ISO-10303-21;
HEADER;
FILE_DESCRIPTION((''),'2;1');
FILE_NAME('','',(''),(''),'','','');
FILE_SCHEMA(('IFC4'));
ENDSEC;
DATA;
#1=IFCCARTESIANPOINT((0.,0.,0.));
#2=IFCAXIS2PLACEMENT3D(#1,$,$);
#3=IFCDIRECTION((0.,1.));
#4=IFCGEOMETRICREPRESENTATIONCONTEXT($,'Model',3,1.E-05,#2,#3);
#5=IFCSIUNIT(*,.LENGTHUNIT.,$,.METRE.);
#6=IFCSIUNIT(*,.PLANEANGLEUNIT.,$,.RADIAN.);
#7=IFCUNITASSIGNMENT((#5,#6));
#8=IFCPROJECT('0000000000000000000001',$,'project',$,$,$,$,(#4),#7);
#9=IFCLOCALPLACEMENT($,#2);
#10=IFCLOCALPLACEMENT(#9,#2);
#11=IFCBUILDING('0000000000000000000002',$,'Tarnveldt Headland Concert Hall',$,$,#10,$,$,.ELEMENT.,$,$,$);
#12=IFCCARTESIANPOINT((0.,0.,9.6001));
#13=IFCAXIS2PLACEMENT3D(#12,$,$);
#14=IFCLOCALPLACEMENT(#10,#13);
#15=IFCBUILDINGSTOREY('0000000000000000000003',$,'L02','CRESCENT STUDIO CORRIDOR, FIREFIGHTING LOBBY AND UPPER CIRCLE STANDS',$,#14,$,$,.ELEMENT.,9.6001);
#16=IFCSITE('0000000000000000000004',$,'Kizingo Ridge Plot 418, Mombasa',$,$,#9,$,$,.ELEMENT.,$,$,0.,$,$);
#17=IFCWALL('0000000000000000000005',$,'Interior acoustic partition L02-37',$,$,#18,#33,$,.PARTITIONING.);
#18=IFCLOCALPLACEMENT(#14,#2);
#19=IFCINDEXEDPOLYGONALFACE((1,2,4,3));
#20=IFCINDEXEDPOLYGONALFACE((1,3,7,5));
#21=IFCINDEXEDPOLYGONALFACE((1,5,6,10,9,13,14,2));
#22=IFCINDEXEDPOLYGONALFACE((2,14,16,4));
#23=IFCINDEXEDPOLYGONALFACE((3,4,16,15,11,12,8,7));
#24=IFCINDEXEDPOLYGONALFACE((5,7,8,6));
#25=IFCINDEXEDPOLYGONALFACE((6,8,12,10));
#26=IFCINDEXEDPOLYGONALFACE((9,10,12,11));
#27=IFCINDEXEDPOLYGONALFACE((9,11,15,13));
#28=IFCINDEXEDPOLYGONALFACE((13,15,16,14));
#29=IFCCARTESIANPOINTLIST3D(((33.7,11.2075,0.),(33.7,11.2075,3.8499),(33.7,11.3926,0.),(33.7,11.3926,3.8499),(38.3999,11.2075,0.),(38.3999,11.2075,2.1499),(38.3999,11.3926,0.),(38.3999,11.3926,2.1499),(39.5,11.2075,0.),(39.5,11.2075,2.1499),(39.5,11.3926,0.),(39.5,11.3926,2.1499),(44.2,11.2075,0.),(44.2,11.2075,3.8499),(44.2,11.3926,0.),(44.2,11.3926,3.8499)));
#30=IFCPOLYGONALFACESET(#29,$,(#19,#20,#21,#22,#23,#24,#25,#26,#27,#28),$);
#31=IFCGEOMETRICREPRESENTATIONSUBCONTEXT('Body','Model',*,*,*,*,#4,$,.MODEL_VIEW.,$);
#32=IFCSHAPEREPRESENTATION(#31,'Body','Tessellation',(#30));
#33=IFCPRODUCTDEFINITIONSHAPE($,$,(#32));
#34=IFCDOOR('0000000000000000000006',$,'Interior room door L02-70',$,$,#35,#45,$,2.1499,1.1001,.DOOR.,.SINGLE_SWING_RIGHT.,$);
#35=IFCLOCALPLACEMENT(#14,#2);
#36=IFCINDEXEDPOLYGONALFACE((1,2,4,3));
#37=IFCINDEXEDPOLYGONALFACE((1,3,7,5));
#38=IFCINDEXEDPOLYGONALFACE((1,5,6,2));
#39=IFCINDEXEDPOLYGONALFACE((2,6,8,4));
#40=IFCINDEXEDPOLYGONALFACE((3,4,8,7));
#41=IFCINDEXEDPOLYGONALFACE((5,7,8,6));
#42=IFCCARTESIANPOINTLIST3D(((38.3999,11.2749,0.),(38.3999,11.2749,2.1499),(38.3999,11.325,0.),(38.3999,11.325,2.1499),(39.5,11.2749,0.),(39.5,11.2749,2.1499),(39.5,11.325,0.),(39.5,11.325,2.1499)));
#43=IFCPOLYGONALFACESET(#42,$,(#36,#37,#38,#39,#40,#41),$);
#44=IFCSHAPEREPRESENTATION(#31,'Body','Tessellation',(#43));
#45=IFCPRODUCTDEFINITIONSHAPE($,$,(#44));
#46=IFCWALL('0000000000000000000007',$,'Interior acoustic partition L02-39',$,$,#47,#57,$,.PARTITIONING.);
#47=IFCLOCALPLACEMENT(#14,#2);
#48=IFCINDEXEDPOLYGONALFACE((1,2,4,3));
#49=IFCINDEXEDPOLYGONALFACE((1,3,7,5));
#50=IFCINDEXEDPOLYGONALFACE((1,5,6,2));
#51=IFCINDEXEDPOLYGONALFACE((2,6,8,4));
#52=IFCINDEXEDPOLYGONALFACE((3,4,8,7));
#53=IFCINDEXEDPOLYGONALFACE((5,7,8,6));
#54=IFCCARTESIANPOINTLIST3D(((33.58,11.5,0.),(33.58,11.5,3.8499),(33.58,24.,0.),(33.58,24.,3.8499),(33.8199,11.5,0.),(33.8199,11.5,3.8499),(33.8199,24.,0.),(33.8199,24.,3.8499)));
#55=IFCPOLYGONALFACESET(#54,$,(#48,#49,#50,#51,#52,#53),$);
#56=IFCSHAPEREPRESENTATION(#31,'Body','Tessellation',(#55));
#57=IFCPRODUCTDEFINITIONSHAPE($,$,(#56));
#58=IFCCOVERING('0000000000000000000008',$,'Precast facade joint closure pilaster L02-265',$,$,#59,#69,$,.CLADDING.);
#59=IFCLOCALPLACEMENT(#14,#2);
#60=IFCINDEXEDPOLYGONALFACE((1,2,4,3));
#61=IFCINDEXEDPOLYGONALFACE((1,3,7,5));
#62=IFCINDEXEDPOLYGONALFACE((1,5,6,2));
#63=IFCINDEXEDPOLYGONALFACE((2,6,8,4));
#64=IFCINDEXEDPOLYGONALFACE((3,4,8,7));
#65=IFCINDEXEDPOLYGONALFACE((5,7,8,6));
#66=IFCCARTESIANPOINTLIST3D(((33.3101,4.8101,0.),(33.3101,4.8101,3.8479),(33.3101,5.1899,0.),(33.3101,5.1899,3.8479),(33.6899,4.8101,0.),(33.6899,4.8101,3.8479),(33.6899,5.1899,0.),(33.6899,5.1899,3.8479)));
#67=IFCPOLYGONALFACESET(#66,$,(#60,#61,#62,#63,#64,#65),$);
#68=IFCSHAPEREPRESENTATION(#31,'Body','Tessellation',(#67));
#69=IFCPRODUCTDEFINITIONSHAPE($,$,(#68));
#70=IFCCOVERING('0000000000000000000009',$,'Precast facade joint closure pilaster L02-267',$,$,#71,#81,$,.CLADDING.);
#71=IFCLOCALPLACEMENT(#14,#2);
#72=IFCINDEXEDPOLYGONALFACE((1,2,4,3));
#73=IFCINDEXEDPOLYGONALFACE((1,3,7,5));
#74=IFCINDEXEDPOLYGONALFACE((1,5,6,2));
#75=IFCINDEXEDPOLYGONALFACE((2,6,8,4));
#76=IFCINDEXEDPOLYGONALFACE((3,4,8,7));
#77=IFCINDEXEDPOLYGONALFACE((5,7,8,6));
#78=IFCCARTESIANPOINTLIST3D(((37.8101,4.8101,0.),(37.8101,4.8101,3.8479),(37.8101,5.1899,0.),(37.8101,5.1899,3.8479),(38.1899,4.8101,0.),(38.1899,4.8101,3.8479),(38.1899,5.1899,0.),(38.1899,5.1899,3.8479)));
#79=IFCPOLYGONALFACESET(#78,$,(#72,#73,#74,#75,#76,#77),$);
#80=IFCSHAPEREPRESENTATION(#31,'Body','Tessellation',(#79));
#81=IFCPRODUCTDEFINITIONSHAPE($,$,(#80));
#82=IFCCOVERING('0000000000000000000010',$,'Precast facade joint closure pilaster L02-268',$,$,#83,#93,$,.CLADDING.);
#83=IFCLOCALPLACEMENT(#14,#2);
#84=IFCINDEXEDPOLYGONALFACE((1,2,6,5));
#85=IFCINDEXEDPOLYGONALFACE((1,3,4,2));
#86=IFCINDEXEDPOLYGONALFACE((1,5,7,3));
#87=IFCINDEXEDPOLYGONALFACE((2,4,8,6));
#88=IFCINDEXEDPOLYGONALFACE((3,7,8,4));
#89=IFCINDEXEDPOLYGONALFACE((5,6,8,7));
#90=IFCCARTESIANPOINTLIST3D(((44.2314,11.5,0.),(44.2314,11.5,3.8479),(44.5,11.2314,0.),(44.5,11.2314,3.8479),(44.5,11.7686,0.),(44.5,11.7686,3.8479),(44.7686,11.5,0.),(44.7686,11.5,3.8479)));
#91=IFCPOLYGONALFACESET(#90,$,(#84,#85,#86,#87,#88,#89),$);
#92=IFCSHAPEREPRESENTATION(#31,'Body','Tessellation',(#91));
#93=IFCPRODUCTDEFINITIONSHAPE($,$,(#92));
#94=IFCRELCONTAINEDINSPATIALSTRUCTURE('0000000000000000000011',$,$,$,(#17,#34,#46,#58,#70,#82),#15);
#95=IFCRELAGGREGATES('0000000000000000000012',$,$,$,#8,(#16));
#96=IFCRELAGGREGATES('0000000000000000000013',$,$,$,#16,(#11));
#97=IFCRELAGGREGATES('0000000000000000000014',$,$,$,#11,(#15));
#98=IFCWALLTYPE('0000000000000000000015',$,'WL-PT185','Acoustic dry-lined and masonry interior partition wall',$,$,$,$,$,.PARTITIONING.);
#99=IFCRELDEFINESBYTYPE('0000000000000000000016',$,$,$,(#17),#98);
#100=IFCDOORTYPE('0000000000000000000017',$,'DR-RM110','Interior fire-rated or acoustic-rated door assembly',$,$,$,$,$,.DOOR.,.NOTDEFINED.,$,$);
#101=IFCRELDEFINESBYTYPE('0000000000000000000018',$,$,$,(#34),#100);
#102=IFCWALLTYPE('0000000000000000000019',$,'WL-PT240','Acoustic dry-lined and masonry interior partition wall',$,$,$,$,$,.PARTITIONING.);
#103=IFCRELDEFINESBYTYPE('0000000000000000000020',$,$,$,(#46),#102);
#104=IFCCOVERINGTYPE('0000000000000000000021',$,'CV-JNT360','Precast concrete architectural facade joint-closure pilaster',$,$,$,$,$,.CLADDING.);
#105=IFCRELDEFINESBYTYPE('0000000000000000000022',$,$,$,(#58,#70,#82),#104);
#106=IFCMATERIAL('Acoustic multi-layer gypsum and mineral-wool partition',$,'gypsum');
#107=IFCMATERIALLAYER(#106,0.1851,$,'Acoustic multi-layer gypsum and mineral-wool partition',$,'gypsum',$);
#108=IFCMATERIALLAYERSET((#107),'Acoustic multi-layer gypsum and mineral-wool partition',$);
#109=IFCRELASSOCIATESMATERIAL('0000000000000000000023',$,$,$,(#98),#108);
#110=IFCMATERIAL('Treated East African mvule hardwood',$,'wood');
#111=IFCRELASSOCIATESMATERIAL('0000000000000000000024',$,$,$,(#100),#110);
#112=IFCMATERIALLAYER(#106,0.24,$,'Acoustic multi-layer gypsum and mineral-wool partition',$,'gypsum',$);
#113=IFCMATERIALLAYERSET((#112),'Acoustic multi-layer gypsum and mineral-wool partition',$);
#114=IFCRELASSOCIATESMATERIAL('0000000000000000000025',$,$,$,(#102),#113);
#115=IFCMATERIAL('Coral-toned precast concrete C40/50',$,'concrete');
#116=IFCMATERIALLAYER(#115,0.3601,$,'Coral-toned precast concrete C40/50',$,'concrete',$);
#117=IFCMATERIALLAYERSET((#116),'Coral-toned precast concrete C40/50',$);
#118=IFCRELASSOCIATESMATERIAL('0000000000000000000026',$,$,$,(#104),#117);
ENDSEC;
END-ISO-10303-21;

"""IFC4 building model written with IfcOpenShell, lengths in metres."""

from ifc_helpers import new_model, si_unit, direction, frame, frame_2d, origin, origin_2d, place, context, subcontext, project, spatial, rectangle, extrude, material, layer, layer_set, type_object, element, fill, save


model = new_model("IFC4")

# Units and contexts
model_context = context("Model", 3, precision=1e-05, world=origin(), true_north=direction((0.0, 1.0)))
body_context = subcontext(model_context, "Body", "Model", "MODEL_VIEW")
ifc_project = project(units=[si_unit("LENGTHUNIT", "METRE"), si_unit("PLANEANGLEUNIT", "RADIAN")], contexts=[model_context])

# Site, building, storey
site_placement = place(None, origin())
site = spatial("IfcSite", under=ifc_project, at=site_placement, Name="Kizingo Ridge Plot 418, Mombasa", CompositionType="ELEMENT", RefElevation=0.0)
building_placement = place(site_placement, origin())
building = spatial("IfcBuilding", under=site, at=building_placement, Name="Tarnveldt Headland Concert Hall", CompositionType="ELEMENT")
storey_placement = place(building_placement, frame((0.0, 0.0, 9.6001)))
storey = spatial("IfcBuildingStorey", under=building, at=storey_placement, Name="L02", Description="CRESCENT STUDIO CORRIDOR, FIREFIGHTING LOBBY AND UPPER CIRCLE STANDS", CompositionType="ELEMENT", Elevation=9.6001)

# Shared definitions
ifc_material_1 = material(Name="Coral-toned precast concrete C40/50", Category="concrete")

# Wall, opening, door
ifc_material_2 = material(Name="Acoustic multi-layer gypsum and mineral-wool partition", Category="gypsum")
ifc_layer_1 = layer(ifc_material_2, 0.1851, Name="Acoustic multi-layer gypsum and mineral-wool partition", Category="gypsum")
ifc_layer_set_1 = layer_set([ifc_layer_1], Name="Acoustic multi-layer gypsum and mineral-wool partition")
wall_type_1 = type_object("IfcWallType", Name="WL-PT185", Description="Acoustic dry-lined and masonry interior partition wall", PredefinedType="PARTITIONING", material=ifc_layer_set_1)
wall_1_placement = place(storey_placement, frame((33.7, 11.3, 0.0), z_axis=(0.0, 0.0, 1.0), x_axis=(1.0, 0.0, 0.0)))
wall_1 = element("IfcWall", 1, at=wall_1_placement, inside=storey, type_object=wall_type_1, Name="Interior acoustic partition L02-37", PredefinedType="PARTITIONING", context=body_context, shape_type="SweptSolid", body=[
    extrude(rectangle(XDim=10.5, YDim=0.1851, at=frame_2d((5.25, 0.0))), origin(), (0.0, 0.0, 1.0), 3.8499),
])
opening_placement = place(wall_1_placement, frame((4.7, 0.0, 0.0)))
opening = element("IfcOpeningElement", 2, at=opening_placement, cuts=wall_1, PredefinedType="OPENING", context=body_context, shape_type="SweptSolid", body=[
    extrude(rectangle(XDim=1.1001, YDim=2.1499, at=frame_2d((0.55, 1.075))), frame((0.0, 0.1025, 0.0), z_axis=(0.0, -1.0, 0.0), x_axis=(1.0, 0.0, 0.0)), (0.0, 0.0, 1.0), 0.2051),
])
ifc_material_3 = material(Name="Treated East African mvule hardwood", Category="wood")
door_type = type_object("IfcDoorType", Name="DR-RM110", Description="Interior fire-rated or acoustic-rated door assembly", OperationType="NOTDEFINED", PredefinedType="DOOR", material=ifc_material_3)
door_placement = place(opening_placement, origin())
door = element("IfcDoor", 3, at=door_placement, inside=storey, type_object=door_type, Name="Interior room door L02-70", OperationType="SINGLE_SWING_RIGHT", OverallHeight=2.1499, OverallWidth=1.1001, PredefinedType="DOOR", context=body_context, shape_type="SweptSolid", body=[
    extrude(rectangle(XDim=1.1001, YDim=2.1499, at=frame_2d((0.55, 1.075))), frame((0.0, 0.0249, 0.0), z_axis=(0.0, -1.0, 0.0), x_axis=(1.0, 0.0, 0.0)), (0.0, 0.0, 1.0), 0.05),
])
fill(opening, door)

# Wall
ifc_layer_2 = layer(ifc_material_2, 0.24, Name="Acoustic multi-layer gypsum and mineral-wool partition", Category="gypsum")
ifc_layer_set_2 = layer_set([ifc_layer_2], Name="Acoustic multi-layer gypsum and mineral-wool partition")
wall_type_2 = type_object("IfcWallType", Name="WL-PT240", Description="Acoustic dry-lined and masonry interior partition wall", PredefinedType="PARTITIONING", material=ifc_layer_set_2)
wall_2_placement = place(storey_placement, frame((33.7, 11.5, 0.0), z_axis=(0.0, 0.0, 1.0), x_axis=(0.0, 1.0, 0.0)))
element("IfcWall", 4, at=wall_2_placement, inside=storey, type_object=wall_type_2, Name="Interior acoustic partition L02-39", PredefinedType="PARTITIONING", context=body_context, shape_type="SweptSolid", body=[
    extrude(rectangle(XDim=12.5, YDim=0.24, at=frame_2d((6.25, 0.0))), origin(), (0.0, 0.0, 1.0), 3.8499),
])

# Coverings
ifc_layer_3 = layer(ifc_material_1, 0.3601, Name="Coral-toned precast concrete C40/50", Category="concrete")
ifc_layer_set_3 = layer_set([ifc_layer_3], Name="Coral-toned precast concrete C40/50")
covering_type = type_object("IfcCoveringType", Name="CV-JNT360", Description="Precast concrete architectural facade joint-closure pilaster", PredefinedType="CLADDING", material=ifc_layer_set_3)
for number, where, z_axis, x_axis, name in (
    (5, (33.5, 5.0, 0.0), (0.0, 0.0, 1.0), (-1.0, 0.0, 0.0), "Precast facade joint closure pilaster L02-265"),
    (6, (38.0, 5.0, 0.0), (0.0, 0.0, 1.0), (-1.0, 0.0, 0.0), "Precast facade joint closure pilaster L02-267"),
    (7, (44.5, 11.5, 0.0), (0.0, 0.0, 1.0), (-0.707107, -0.707107, 0.0), "Precast facade joint closure pilaster L02-268"),
):
    element("IfcCovering", number, at=place(storey_placement, frame(where, z_axis=z_axis, x_axis=x_axis)), inside=storey, type_object=covering_type, Name=name, PredefinedType="CLADDING", context=body_context, shape_type="SweptSolid", body=[
        extrude(rectangle(XDim=0.3799, YDim=0.3799, at=origin_2d()), origin(), (0.0, 0.0, 1.0), 3.8479),
    ])

save(model, "model.ifc")
